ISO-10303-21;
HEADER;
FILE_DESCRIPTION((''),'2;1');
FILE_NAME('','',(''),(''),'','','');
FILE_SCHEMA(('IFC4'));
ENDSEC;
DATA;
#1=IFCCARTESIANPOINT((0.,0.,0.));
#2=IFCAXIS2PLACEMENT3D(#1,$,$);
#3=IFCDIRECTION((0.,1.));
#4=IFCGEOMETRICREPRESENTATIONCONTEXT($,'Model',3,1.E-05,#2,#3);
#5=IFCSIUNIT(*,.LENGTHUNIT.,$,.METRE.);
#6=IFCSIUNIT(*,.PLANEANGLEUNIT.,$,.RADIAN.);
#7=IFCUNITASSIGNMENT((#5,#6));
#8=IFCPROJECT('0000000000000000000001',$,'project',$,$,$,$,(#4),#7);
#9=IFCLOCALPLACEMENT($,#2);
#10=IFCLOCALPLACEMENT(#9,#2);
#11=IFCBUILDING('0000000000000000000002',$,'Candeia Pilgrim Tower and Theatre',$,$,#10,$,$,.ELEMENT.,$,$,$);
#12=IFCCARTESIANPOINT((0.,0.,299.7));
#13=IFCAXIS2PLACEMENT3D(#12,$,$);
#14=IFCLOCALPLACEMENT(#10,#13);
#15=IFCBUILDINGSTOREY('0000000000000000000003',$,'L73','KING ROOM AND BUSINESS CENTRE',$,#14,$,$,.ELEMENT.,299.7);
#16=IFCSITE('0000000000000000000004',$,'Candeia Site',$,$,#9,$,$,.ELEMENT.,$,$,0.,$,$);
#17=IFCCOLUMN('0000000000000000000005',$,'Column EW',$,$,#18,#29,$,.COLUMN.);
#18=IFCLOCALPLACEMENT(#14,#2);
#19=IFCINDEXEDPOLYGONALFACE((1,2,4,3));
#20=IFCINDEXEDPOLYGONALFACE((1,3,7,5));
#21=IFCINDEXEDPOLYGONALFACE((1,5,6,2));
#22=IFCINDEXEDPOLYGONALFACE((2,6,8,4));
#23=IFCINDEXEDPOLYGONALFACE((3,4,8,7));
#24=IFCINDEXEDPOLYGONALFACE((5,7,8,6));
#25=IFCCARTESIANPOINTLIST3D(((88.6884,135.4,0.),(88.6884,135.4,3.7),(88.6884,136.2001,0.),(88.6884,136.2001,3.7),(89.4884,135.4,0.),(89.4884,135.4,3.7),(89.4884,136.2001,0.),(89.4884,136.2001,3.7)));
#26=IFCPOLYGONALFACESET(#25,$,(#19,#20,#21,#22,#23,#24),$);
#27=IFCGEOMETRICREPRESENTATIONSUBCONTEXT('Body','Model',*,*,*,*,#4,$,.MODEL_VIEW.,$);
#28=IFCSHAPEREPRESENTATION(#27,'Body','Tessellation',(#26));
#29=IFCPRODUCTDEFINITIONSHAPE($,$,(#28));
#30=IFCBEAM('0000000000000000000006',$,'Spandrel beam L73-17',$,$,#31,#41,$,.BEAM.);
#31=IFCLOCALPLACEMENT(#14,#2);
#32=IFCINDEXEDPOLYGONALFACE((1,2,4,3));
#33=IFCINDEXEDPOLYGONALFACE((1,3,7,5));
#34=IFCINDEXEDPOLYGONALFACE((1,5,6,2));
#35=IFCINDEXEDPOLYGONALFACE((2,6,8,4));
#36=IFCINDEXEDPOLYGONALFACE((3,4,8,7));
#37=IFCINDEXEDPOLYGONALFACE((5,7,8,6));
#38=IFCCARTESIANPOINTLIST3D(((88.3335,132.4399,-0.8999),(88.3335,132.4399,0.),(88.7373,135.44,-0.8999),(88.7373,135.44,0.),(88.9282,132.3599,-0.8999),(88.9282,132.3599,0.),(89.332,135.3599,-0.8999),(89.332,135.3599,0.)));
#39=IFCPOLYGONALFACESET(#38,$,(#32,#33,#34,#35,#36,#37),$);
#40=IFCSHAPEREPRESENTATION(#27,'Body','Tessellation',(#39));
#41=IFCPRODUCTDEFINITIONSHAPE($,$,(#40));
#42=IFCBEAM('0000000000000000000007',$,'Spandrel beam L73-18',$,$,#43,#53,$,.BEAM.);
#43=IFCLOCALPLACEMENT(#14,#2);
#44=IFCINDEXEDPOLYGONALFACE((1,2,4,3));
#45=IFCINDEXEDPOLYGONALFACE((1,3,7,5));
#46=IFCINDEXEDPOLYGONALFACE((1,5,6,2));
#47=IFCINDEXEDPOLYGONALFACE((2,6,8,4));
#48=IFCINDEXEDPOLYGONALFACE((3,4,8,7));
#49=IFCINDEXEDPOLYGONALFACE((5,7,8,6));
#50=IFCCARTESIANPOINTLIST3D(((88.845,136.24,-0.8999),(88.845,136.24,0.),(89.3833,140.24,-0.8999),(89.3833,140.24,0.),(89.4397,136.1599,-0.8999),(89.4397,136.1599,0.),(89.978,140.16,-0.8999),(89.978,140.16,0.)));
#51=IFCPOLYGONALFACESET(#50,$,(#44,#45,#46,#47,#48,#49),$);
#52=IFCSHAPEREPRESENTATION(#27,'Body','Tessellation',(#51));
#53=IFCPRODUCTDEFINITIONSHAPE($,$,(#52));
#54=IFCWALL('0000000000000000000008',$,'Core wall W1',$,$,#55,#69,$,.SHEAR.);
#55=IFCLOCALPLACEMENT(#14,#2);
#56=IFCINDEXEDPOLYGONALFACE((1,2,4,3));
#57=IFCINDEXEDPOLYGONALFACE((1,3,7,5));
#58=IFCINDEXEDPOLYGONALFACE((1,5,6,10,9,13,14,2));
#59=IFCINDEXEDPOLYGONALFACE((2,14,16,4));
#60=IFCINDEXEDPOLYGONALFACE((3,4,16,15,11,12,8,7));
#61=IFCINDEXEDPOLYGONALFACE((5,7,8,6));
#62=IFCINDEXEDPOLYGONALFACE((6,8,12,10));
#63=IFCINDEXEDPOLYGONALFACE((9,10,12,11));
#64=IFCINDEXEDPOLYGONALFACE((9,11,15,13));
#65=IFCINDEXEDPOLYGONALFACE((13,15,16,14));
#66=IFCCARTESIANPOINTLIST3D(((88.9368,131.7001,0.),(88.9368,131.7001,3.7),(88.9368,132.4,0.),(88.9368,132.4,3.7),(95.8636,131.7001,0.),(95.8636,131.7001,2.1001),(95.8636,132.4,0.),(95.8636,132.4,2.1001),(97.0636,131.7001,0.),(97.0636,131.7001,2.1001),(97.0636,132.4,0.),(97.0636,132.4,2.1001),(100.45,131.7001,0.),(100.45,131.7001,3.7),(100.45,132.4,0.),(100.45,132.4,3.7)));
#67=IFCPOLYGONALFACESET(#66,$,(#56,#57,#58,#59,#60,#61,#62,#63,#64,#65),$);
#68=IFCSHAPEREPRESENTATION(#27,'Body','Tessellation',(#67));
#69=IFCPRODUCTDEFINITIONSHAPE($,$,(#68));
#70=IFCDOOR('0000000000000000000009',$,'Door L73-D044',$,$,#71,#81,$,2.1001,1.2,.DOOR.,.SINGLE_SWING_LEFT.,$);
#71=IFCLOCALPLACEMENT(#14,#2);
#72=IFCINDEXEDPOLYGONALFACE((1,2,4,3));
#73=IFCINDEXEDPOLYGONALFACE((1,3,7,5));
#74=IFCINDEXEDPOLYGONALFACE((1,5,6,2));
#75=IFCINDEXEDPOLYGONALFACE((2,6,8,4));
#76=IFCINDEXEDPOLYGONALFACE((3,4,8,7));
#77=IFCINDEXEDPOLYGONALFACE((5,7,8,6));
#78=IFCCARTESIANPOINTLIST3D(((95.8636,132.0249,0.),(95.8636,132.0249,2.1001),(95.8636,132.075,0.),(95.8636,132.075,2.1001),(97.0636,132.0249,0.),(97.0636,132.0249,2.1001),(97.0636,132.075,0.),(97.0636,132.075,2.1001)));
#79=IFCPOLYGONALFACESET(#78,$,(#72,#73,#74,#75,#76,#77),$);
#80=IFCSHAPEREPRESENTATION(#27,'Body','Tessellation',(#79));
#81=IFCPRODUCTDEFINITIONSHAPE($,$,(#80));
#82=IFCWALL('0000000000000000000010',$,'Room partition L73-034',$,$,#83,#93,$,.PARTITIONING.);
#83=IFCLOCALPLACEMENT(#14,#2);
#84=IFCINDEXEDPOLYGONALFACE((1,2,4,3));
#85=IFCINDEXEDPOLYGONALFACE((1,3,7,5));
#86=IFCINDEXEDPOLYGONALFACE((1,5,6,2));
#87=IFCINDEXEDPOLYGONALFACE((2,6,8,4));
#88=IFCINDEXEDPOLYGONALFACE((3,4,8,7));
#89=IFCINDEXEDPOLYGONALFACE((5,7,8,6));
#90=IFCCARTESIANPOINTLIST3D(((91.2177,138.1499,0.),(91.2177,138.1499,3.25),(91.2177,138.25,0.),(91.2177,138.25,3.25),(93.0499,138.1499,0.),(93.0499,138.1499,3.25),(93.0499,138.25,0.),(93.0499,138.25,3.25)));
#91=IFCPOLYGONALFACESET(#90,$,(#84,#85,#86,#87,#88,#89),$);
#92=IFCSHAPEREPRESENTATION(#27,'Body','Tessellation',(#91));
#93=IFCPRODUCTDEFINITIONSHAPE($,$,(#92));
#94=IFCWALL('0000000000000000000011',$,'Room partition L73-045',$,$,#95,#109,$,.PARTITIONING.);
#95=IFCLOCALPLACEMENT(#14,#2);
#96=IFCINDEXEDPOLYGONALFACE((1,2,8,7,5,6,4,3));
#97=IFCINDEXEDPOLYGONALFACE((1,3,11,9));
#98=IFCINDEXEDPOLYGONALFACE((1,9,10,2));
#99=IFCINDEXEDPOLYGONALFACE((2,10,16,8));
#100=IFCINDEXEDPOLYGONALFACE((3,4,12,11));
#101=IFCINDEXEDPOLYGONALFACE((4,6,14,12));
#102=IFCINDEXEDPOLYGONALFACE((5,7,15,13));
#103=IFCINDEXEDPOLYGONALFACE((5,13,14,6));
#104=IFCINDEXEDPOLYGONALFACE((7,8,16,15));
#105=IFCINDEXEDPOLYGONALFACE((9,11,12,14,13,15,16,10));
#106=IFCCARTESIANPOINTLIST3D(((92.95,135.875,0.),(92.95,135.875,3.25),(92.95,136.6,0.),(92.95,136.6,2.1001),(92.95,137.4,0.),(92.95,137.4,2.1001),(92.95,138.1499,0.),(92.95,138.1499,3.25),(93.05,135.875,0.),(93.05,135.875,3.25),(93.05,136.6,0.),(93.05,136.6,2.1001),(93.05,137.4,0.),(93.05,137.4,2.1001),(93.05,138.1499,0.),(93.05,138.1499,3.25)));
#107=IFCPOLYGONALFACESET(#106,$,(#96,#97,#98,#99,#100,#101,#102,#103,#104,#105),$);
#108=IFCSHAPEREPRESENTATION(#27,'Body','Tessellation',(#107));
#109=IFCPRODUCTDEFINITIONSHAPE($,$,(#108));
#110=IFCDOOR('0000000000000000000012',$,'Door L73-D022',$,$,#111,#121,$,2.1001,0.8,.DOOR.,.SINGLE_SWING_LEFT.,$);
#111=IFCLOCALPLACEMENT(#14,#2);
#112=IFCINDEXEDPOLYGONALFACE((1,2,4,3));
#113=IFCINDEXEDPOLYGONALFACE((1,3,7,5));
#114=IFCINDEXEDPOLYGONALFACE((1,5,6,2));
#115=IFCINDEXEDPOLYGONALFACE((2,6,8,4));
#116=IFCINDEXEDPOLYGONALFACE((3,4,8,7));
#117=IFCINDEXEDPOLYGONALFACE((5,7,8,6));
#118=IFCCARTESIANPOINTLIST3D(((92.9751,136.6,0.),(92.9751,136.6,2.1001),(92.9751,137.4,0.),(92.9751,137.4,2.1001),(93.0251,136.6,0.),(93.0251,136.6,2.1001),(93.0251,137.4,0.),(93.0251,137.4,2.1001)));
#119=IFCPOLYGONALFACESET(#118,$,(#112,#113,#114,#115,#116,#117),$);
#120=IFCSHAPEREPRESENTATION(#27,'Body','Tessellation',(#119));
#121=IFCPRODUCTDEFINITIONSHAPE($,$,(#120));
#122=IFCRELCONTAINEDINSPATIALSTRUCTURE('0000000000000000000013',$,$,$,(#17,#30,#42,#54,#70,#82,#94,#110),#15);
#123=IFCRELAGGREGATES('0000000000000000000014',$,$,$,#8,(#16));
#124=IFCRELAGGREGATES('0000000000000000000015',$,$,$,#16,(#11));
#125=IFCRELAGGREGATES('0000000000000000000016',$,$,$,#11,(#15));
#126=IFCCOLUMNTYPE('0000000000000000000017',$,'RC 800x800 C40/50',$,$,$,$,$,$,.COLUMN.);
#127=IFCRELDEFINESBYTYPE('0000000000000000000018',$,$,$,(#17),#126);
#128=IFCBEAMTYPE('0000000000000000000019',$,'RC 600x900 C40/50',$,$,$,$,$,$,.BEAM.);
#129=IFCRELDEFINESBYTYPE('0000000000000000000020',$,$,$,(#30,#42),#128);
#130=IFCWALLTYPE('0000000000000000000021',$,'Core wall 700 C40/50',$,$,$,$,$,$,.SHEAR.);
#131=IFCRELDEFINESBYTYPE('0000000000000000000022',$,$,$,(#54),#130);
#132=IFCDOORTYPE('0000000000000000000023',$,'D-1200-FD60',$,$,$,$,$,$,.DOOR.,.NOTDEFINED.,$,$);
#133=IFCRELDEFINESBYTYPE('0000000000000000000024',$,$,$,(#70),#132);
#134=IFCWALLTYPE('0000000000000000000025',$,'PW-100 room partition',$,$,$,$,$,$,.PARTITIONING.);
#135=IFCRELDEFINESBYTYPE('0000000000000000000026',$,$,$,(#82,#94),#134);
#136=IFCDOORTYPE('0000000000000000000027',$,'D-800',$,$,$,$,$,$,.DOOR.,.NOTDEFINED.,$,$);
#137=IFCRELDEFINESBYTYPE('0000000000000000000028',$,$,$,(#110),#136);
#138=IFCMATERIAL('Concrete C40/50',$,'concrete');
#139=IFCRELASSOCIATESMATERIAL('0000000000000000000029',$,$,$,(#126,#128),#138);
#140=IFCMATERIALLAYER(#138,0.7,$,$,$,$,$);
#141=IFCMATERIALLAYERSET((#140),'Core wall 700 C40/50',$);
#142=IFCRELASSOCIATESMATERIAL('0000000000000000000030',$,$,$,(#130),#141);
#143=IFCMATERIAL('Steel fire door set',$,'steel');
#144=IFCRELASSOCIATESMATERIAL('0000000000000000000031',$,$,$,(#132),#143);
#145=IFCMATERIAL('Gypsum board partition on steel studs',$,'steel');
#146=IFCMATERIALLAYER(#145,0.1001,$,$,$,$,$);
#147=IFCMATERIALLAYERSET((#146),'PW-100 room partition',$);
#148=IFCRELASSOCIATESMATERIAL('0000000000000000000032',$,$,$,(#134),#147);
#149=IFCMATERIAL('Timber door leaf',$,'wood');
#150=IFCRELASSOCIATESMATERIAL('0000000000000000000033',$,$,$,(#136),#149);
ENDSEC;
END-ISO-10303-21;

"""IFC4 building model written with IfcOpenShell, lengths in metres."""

from ifc_helpers import new_model, si_unit, direction, frame, frame_2d, origin, origin_2d, place, context, subcontext, project, spatial, rectangle, extrude, material, layer, layer_set, material_profile, profile_set, type_object, element, fill, save


model = new_model("IFC4")

# Units and contexts
model_context = context("Model", 3, precision=1e-05, world=origin(), true_north=direction((0.0, 1.0)))
body_context = subcontext(model_context, "Body", "Model", "MODEL_VIEW")
ifc_project = project(units=[si_unit("LENGTHUNIT", "METRE"), si_unit("PLANEANGLEUNIT", "RADIAN")], contexts=[model_context])

# Site, building, storey
site_placement = place(None, origin())
site = spatial("IfcSite", under=ifc_project, at=site_placement, Name="Candeia Site", CompositionType="ELEMENT", RefElevation=0.0)
building_placement = place(site_placement, origin())
building = spatial("IfcBuilding", under=site, at=building_placement, Name="Candeia Pilgrim Tower and Theatre", CompositionType="ELEMENT")
storey_placement = place(building_placement, frame((0.0, 0.0, 299.7)))
storey = spatial("IfcBuildingStorey", under=building, at=storey_placement, Name="L73", Description="KING ROOM AND BUSINESS CENTRE", CompositionType="ELEMENT", Elevation=299.7)

# Column
ifc_material_1 = material(Name="Concrete C40/50", Category="concrete")
ifc_material_profile_1 = material_profile(ifc_material_1, rectangle(XDim=0.8, YDim=0.8, at=origin_2d()))
ifc_profile_set_1 = profile_set([ifc_material_profile_1], Name="Concrete C40/50")
column_type = type_object("IfcColumnType", Name="RC 800x800 C40/50", PredefinedType="COLUMN", material=ifc_profile_set_1)
column_placement = place(storey_placement, frame((89.0884, 135.8, 0.0), z_axis=(0.0, 0.0, 1.0), x_axis=(1.0, 0.0, 0.0)))
element("IfcColumn", 1, at=column_placement, inside=storey, type_object=column_type, Name="Column EW", PredefinedType="COLUMN", context=body_context, shape_type="SweptSolid", body=[
    extrude(rectangle(XDim=0.8, YDim=0.8, at=origin_2d()), origin(), (0.0, 0.0, 1.0), 3.7),
])

# Beams
ifc_material_profile_2 = material_profile(ifc_material_1, rectangle(XDim=0.6001, YDim=0.8999, at=origin_2d()))
ifc_profile_set_2 = profile_set([ifc_material_profile_2], Name="Concrete C40/50")
beam_type = type_object("IfcBeamType", Name="RC 600x900 C40/50", PredefinedType="BEAM", material=ifc_profile_set_2)
beam_1_placement = place(storey_placement, frame((88.6309, 132.3999, -0.45), z_axis=(0.1334, 0.991062, 0.0), x_axis=(-0.991062, 0.1334, 0.0)))
element("IfcBeam", 2, at=beam_1_placement, inside=storey, type_object=beam_type, Name="Spandrel beam L73-17", PredefinedType="BEAM", context=body_context, shape_type="SweptSolid", body=[
    extrude(rectangle(XDim=0.6001, YDim=0.8999, at=origin_2d()), origin(), (0.0, 0.0, 1.0), 3.0271),
])
beam_2_placement = place(storey_placement, frame((89.1423, 136.2, -0.45), z_axis=(0.13338, 0.991065, 0.0), x_axis=(-0.991065, 0.13338, 0.0)))
element("IfcBeam", 3, at=beam_2_placement, inside=storey, type_object=beam_type, Name="Spandrel beam L73-18", PredefinedType="BEAM", context=body_context, shape_type="SweptSolid", body=[
    extrude(rectangle(XDim=0.6001, YDim=0.8999, at=origin_2d()), origin(), (0.0, 0.0, 1.0), 4.0361),
])

# Wall, opening, door
ifc_layer_1 = layer(ifc_material_1, 0.7)
ifc_layer_set_1 = layer_set([ifc_layer_1], Name="Core wall 700 C40/50")
wall_type_1 = type_object("IfcWallType", Name="Core wall 700 C40/50", PredefinedType="SHEAR", material=ifc_layer_set_1)
wall_1_placement = place(storey_placement, frame((88.9368, 132.05, 0.0), z_axis=(0.0, 0.0, 1.0), x_axis=(1.0, 0.0, 0.0)))
wall_1 = element("IfcWall", 4, at=wall_1_placement, inside=storey, type_object=wall_type_1, Name="Core wall W1", PredefinedType="SHEAR", context=body_context, shape_type="SweptSolid", body=[
    extrude(rectangle(XDim=11.5132, YDim=0.7, at=frame_2d((5.7566, 0.0))), origin(), (0.0, 0.0, 1.0), 3.7),
])
opening_1_placement = place(wall_1_placement, frame((6.9268, 0.0, 0.0)))
opening_1 = element("IfcOpeningElement", 5, at=opening_1_placement, cuts=wall_1, PredefinedType="OPENING", context=body_context, shape_type="SweptSolid", body=[
    extrude(rectangle(XDim=1.2, YDim=2.1001, at=frame_2d((0.6001, 1.05))), frame((0.0, 0.3599, 0.0), z_axis=(0.0, -1.0, 0.0), x_axis=(1.0, 0.0, 0.0)), (0.0, 0.0, 1.0), 0.72),
])
ifc_material_2 = material(Name="Steel fire door set", Category="steel")
door_type_1 = type_object("IfcDoorType", Name="D-1200-FD60", OperationType="NOTDEFINED", PredefinedType="DOOR", material=ifc_material_2)
door_1_placement = place(opening_1_placement, origin())
door_1 = element("IfcDoor", 6, at=door_1_placement, inside=storey, type_object=door_type_1, Name="Door L73-D044", OperationType="SINGLE_SWING_LEFT", OverallHeight=2.1001, OverallWidth=1.2, PredefinedType="DOOR", context=body_context, shape_type="SweptSolid", body=[
    extrude(rectangle(XDim=1.2, YDim=2.1001, at=frame_2d((0.6001, 1.05))), frame((0.0, 0.0249, 0.0), z_axis=(0.0, -1.0, 0.0), x_axis=(1.0, 0.0, 0.0)), (0.0, 0.0, 1.0), 0.05),
])
fill(opening_1, door_1)

# Wall
ifc_material_3 = material(Name="Gypsum board partition on steel studs", Category="steel")
ifc_layer_2 = layer(ifc_material_3, 0.1001)
ifc_layer_set_2 = layer_set([ifc_layer_2], Name="PW-100 room partition")
wall_type_2 = type_object("IfcWallType", Name="PW-100 room partition", PredefinedType="PARTITIONING", material=ifc_layer_set_2)
wall_2_placement = place(storey_placement, frame((91.2178, 138.2, 0.0), z_axis=(0.0, 0.0, 1.0), x_axis=(1.0, 0.0, 0.0)))
element("IfcWall", 7, at=wall_2_placement, inside=storey, type_object=wall_type_2, Name="Room partition L73-034", PredefinedType="PARTITIONING", context=body_context, shape_type="SweptSolid", body=[
    extrude(rectangle(XDim=1.8323, YDim=0.1001, at=frame_2d((0.916, 0.0))), origin(), (0.0, 0.0, 1.0), 3.25),
])

# Wall, opening, door
wall_3_placement = place(storey_placement, frame((93.0, 135.875, 0.0), z_axis=(0.0, 0.0, 1.0), x_axis=(0.0, 1.0, 0.0)))
wall_3 = element("IfcWall", 8, at=wall_3_placement, inside=storey, type_object=wall_type_2, Name="Room partition L73-045", PredefinedType="PARTITIONING", context=body_context, shape_type="SweptSolid", body=[
    extrude(rectangle(XDim=2.2749, YDim=0.1001, at=frame_2d((1.1375, 0.0))), origin(), (0.0, 0.0, 1.0), 3.25),
])
opening_2_placement = place(wall_3_placement, frame((0.7251, 0.0, 0.0)))
opening_2 = element("IfcOpeningElement", 9, at=opening_2_placement, cuts=wall_3, PredefinedType="OPENING", context=body_context, shape_type="SweptSolid", body=[
    extrude(rectangle(XDim=0.8, YDim=2.1001, at=frame_2d((0.3999, 1.05))), frame((0.0, 0.0601, 0.0), z_axis=(0.0, -1.0, 0.0), x_axis=(1.0, 0.0, 0.0)), (0.0, 0.0, 1.0), 0.1201),
])
ifc_material_4 = material(Name="Timber door leaf", Category="wood")
door_type_2 = type_object("IfcDoorType", Name="D-800", OperationType="NOTDEFINED", PredefinedType="DOOR", material=ifc_material_4)
door_2_placement = place(opening_2_placement, origin())
door_2 = element("IfcDoor", 10, at=door_2_placement, inside=storey, type_object=door_type_2, Name="Door L73-D022", OperationType="SINGLE_SWING_LEFT", OverallHeight=2.1001, OverallWidth=0.8, PredefinedType="DOOR", context=body_context, shape_type="SweptSolid", body=[
    extrude(rectangle(XDim=0.8, YDim=2.1001, at=frame_2d((0.3999, 1.05))), frame((0.0, 0.0249, 0.0), z_axis=(0.0, -1.0, 0.0), x_axis=(1.0, 0.0, 0.0)), (0.0, 0.0, 1.0), 0.05),
])
fill(opening_2, door_2)

save(model, "model.ifc")
